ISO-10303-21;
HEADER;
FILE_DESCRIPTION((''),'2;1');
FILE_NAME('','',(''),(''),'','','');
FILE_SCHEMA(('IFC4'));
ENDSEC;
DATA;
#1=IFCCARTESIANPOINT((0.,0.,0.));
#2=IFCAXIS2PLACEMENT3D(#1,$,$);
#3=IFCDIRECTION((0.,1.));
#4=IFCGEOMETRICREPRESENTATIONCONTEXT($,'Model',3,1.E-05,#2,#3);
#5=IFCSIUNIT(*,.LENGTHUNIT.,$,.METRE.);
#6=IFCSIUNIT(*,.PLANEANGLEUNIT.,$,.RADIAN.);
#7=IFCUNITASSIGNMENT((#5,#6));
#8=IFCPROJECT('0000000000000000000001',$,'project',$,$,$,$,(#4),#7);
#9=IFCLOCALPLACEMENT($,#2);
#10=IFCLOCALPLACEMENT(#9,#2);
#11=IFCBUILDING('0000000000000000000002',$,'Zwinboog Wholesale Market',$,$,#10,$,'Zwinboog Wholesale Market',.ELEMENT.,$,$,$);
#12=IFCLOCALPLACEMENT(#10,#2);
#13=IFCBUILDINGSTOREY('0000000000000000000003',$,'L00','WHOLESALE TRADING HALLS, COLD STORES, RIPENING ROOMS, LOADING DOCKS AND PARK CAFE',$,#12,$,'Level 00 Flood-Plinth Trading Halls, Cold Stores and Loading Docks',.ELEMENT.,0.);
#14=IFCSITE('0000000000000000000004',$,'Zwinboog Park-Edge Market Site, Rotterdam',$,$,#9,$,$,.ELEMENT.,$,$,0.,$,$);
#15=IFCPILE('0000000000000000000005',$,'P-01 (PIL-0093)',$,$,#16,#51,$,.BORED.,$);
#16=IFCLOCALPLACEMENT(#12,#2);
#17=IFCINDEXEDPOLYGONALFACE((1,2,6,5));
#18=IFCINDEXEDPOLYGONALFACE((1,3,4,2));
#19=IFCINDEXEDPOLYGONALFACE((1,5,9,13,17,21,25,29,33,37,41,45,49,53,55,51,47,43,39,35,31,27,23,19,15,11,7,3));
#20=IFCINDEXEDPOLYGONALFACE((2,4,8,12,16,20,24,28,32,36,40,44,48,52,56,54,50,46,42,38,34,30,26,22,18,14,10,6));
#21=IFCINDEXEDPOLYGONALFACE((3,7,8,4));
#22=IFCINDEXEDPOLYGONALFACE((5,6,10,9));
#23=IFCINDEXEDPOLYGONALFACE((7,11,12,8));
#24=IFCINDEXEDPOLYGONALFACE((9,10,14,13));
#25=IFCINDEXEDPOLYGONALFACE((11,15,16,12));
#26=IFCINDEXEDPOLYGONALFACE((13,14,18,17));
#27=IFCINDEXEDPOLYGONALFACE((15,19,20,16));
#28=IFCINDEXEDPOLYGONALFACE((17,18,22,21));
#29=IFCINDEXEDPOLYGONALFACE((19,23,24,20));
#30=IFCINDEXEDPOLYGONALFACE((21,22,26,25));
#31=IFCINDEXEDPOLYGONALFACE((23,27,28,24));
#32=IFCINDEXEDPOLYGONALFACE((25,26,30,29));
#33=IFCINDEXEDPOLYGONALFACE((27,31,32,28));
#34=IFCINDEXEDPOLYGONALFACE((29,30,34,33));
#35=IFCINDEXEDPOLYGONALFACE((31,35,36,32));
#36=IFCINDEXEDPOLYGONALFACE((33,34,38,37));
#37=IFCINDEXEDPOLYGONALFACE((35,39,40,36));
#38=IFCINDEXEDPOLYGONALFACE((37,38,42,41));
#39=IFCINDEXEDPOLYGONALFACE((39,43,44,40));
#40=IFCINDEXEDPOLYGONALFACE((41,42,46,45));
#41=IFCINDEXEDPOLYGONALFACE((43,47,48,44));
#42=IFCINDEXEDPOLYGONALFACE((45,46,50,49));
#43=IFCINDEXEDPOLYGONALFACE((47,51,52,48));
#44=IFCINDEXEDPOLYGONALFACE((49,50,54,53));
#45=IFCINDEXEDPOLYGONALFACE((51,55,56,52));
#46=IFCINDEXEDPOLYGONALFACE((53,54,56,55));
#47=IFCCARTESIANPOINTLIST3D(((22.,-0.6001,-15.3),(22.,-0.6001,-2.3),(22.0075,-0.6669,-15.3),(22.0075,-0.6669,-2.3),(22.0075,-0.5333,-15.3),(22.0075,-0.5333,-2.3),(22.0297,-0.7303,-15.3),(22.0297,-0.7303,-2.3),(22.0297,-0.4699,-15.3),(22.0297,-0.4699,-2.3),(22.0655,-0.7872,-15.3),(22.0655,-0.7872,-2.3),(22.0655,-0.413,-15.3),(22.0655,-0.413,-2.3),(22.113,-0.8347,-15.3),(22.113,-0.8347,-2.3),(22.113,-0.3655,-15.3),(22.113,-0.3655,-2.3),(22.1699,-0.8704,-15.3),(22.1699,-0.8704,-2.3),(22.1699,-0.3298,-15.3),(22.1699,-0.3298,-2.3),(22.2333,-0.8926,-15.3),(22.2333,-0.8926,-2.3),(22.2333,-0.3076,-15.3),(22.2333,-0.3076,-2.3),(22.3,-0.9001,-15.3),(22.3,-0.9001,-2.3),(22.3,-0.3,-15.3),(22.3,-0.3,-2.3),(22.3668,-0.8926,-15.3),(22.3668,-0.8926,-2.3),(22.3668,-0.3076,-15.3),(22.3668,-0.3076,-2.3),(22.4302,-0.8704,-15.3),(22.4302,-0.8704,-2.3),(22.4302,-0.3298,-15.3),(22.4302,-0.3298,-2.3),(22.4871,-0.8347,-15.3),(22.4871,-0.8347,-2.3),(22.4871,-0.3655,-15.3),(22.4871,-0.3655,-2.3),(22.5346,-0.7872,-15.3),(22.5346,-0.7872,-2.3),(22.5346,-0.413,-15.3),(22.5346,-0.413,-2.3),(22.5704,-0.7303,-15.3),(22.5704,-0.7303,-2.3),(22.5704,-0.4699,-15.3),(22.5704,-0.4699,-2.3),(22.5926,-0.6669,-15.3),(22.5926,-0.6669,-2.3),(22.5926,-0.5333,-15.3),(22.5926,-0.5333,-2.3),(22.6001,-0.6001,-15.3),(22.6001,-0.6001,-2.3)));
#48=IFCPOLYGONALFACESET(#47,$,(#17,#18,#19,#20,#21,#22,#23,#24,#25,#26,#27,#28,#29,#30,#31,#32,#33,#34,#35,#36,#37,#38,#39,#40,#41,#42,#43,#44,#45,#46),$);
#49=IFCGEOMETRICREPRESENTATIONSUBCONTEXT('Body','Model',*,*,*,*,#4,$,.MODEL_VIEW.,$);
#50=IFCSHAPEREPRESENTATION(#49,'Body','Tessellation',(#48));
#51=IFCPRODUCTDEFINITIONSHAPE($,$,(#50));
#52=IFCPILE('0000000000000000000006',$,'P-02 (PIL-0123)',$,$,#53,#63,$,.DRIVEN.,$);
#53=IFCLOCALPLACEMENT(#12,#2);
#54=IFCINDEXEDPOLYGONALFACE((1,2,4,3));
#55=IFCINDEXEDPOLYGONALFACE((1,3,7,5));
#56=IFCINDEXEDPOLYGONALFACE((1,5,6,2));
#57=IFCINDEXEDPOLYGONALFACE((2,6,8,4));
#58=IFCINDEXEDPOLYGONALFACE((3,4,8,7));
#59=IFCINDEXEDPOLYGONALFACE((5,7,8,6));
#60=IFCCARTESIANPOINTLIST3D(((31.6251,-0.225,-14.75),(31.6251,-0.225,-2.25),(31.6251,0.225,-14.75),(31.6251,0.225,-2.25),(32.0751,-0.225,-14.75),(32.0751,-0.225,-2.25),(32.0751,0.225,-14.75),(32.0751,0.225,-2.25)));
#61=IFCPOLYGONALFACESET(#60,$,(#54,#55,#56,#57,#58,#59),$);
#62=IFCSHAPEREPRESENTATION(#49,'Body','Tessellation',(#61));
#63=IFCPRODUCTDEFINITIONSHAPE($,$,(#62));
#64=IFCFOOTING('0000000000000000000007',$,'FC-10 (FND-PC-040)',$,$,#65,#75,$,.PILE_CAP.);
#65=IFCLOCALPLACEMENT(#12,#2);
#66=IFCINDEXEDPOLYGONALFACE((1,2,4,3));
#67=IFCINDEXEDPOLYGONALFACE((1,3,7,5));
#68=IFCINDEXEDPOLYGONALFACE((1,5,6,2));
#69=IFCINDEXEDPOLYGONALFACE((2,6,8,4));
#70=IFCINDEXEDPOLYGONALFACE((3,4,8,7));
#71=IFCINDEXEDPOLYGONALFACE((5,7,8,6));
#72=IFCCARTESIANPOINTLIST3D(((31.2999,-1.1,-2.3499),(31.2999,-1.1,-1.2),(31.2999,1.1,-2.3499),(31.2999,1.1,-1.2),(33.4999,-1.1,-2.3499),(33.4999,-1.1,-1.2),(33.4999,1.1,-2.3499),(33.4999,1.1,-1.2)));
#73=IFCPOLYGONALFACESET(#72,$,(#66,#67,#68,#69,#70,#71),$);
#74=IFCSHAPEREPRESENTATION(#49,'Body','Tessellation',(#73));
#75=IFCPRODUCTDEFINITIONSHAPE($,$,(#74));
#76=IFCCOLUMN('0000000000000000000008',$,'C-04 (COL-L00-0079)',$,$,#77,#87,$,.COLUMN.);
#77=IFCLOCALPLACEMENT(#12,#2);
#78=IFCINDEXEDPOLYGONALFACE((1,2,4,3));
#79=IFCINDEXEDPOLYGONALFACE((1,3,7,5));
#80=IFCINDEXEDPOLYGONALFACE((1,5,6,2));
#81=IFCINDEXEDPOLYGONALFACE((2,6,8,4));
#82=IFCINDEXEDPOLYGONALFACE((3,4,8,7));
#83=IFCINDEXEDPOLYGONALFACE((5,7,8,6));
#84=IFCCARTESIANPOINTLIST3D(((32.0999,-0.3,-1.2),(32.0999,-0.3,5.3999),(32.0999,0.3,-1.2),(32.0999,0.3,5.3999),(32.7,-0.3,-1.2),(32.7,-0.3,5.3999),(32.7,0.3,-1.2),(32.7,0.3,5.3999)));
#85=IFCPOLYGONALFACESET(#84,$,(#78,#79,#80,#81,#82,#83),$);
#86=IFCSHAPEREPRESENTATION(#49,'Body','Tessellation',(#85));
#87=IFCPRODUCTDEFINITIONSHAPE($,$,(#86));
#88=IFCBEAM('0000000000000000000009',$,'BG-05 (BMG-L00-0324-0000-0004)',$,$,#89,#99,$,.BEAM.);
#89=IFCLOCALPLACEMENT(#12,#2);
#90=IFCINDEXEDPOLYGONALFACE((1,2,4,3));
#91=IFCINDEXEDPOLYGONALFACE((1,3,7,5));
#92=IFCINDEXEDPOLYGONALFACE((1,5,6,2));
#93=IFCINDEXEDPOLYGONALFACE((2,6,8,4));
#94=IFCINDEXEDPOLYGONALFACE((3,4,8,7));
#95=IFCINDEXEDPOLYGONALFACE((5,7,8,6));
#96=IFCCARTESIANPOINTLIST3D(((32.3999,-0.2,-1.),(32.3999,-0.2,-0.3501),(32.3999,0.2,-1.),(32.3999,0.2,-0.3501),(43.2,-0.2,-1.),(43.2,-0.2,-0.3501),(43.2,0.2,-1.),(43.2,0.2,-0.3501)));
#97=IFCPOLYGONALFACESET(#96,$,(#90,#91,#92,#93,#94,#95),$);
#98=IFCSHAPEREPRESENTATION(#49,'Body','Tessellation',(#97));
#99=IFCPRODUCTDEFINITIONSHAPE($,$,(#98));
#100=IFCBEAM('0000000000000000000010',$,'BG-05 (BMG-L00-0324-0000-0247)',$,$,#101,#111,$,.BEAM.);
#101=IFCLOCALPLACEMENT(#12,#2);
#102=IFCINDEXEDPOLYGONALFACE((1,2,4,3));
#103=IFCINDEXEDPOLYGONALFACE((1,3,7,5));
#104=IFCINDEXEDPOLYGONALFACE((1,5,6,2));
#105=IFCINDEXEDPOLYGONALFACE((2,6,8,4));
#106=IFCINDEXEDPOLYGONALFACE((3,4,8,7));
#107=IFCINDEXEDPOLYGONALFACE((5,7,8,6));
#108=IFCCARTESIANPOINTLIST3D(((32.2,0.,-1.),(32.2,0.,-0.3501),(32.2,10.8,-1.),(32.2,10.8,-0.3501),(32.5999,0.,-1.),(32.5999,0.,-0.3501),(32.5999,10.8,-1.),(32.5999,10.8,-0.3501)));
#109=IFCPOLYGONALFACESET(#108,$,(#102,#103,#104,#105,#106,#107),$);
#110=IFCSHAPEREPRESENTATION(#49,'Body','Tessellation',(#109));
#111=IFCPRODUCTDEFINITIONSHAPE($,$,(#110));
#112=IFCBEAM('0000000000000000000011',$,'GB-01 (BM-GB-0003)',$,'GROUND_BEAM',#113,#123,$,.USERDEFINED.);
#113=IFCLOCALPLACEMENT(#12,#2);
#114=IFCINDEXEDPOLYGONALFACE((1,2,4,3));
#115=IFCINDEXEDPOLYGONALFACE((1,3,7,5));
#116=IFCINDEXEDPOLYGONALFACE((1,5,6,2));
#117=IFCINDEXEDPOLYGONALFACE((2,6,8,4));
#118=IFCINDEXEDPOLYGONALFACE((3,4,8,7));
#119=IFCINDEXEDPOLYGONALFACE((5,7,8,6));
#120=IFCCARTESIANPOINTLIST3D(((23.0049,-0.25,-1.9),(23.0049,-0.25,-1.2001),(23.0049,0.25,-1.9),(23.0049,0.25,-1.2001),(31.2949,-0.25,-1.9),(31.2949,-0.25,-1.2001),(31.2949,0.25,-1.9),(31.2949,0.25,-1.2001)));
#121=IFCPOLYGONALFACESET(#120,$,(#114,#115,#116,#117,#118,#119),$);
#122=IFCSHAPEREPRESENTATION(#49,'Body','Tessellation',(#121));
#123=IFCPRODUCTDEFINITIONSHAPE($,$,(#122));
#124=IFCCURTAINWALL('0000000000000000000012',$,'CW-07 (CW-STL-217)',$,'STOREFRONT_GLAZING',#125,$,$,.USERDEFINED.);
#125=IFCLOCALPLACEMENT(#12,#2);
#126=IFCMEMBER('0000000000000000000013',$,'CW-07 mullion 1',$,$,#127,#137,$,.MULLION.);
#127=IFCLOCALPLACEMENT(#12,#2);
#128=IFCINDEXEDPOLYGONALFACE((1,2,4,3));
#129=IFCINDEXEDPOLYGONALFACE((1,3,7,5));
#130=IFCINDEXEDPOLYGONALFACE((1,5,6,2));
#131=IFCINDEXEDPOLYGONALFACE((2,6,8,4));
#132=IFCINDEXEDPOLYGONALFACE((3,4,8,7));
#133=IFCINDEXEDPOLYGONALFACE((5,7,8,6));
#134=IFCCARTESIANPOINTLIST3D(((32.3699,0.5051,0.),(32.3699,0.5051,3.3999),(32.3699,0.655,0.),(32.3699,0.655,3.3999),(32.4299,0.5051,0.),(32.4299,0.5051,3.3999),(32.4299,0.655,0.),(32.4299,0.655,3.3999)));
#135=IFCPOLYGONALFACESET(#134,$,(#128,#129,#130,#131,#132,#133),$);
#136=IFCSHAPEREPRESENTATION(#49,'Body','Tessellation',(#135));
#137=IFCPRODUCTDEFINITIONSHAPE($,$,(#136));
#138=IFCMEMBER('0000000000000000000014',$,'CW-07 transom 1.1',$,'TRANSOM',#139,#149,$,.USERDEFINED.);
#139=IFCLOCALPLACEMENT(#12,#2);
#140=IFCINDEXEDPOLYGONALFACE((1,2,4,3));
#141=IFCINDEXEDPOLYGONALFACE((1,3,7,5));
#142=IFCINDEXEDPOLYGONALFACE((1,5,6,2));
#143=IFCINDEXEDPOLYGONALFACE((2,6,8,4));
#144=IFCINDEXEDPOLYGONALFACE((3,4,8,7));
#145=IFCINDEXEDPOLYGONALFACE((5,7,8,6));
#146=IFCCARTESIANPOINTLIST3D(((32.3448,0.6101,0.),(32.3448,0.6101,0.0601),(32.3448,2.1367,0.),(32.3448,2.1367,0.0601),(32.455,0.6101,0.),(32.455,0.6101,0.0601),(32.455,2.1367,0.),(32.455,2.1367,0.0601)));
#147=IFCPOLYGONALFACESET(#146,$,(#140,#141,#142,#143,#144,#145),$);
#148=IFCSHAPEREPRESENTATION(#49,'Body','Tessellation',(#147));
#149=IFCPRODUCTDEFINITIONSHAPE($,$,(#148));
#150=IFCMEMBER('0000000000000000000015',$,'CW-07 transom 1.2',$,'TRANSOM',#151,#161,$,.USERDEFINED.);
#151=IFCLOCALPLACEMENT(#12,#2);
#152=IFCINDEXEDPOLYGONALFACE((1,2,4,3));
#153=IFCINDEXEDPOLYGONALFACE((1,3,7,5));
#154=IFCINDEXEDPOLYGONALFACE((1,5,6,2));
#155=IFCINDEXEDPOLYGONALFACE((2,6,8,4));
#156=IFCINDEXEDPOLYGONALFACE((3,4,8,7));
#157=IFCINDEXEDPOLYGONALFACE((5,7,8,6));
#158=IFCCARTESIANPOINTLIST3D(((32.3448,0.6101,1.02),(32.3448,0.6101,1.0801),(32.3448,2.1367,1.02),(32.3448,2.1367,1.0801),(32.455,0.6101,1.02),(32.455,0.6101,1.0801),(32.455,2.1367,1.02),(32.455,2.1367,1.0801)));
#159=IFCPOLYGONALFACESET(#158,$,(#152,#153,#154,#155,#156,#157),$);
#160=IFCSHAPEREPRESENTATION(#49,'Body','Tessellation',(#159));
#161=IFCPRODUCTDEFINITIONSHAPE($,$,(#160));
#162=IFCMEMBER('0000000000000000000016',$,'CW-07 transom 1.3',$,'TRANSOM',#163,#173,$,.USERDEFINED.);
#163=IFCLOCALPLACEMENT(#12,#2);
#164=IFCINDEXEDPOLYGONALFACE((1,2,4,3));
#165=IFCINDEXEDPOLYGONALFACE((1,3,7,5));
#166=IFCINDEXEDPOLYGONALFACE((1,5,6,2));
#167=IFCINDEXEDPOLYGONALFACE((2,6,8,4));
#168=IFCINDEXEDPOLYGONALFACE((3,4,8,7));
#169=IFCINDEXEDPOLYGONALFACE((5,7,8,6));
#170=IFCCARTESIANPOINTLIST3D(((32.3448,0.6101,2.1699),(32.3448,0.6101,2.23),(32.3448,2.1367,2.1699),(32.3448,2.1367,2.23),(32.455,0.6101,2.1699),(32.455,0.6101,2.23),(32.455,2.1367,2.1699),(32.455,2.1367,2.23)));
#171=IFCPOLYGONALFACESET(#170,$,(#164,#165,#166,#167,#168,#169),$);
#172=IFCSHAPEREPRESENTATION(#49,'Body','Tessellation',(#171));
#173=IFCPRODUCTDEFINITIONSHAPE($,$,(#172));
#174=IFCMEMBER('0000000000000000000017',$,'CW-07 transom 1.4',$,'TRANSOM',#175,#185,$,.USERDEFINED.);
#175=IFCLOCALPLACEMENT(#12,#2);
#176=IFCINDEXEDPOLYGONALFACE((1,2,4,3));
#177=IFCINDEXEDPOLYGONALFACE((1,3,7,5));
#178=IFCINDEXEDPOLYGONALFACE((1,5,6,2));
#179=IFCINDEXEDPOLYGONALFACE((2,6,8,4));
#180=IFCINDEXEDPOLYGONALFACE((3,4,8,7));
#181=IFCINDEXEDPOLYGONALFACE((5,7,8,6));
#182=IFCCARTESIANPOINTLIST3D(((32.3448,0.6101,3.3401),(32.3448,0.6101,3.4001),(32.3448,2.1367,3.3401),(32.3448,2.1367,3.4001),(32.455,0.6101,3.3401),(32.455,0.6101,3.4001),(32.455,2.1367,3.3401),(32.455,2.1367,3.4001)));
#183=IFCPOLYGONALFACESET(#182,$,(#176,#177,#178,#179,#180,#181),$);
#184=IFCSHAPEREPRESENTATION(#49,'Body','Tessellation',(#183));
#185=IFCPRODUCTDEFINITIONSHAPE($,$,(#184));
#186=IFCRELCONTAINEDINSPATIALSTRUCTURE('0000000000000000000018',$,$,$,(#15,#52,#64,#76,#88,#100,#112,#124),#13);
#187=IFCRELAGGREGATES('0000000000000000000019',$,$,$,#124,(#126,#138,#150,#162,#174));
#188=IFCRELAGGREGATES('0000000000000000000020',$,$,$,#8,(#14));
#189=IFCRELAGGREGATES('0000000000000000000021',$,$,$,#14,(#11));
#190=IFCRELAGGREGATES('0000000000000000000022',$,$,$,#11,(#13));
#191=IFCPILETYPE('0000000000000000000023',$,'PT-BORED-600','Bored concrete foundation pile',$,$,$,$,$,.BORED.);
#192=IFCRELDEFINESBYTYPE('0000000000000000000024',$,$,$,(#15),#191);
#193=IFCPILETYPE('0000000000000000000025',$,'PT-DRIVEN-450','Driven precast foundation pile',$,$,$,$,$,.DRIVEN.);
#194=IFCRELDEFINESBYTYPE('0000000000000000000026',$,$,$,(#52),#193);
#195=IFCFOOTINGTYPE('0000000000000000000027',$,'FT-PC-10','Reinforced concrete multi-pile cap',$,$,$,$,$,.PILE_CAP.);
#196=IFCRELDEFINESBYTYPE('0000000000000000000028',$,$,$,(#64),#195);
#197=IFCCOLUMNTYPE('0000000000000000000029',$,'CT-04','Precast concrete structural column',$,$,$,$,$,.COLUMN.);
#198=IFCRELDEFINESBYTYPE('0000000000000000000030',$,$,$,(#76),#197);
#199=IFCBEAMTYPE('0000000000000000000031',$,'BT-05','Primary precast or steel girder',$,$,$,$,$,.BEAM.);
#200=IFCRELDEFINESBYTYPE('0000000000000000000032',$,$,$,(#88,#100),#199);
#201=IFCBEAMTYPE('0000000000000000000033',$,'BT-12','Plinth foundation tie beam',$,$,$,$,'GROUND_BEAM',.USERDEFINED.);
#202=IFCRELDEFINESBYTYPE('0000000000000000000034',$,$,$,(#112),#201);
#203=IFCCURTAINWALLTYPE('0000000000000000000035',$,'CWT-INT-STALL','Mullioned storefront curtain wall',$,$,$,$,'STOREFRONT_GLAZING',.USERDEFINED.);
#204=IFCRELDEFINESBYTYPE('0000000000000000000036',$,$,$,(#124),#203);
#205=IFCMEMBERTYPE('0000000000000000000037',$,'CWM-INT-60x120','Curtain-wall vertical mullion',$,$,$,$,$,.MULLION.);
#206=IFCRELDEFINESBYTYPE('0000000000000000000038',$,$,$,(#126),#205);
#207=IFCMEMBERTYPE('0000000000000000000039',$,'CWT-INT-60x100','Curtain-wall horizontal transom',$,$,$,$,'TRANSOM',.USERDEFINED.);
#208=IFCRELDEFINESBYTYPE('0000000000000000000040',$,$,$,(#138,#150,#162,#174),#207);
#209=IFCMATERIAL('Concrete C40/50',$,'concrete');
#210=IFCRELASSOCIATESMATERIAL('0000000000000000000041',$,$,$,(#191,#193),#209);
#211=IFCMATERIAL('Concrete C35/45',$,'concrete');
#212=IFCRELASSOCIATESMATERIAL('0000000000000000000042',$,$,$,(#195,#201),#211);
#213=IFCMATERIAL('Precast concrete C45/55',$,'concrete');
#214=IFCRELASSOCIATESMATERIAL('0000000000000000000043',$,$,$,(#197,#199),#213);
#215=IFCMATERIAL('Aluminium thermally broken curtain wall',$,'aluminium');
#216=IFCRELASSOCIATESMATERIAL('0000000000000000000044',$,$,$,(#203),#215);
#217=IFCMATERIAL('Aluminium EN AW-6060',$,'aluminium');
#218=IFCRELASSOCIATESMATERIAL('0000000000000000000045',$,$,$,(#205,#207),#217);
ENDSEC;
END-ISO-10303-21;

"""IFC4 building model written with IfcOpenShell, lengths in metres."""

from ifc_helpers import new_model, si_unit, direction, frame, origin, origin_2d, place, context, subcontext, project, spatial, rectangle, circle, extrude, material, material_profile, profile_set, type_object, element, aggregate, save


model = new_model("IFC4")

# Units and contexts
model_context = context("Model", 3, precision=1e-05, world=origin(), true_north=direction((0.0, 1.0)))
body_context = subcontext(model_context, "Body", "Model", "MODEL_VIEW")
ifc_project = project(units=[si_unit("LENGTHUNIT", "METRE"), si_unit("PLANEANGLEUNIT", "RADIAN")], contexts=[model_context])

# Site, building, storey
site_placement = place(None, origin())
site = spatial("IfcSite", under=ifc_project, at=site_placement, Name="Zwinboog Park-Edge Market Site, Rotterdam", CompositionType="ELEMENT", RefElevation=0.0)
building_placement = place(site_placement, origin())
building = spatial("IfcBuilding", under=site, at=building_placement, Name="Zwinboog Wholesale Market", LongName="Zwinboog Wholesale Market", CompositionType="ELEMENT")
storey_placement = place(building_placement, origin())
storey = spatial("IfcBuildingStorey", under=building, at=storey_placement, Name="L00", Description="WHOLESALE TRADING HALLS, COLD STORES, RIPENING ROOMS, LOADING DOCKS AND PARK CAFE", LongName="Level 00 Flood-Plinth Trading Halls, Cold Stores and Loading Docks", CompositionType="ELEMENT", Elevation=0.0)

# Piles
ifc_material_1 = material(Name="Concrete C40/50", Category="concrete")
ifc_material_profile_1 = material_profile(ifc_material_1, circle(Radius=0.3, at=origin_2d()), Name="PILE D600")
ifc_profile_set_1 = profile_set([ifc_material_profile_1], Name="Concrete C40/50")
pile_type_1 = type_object("IfcPileType", Name="PT-BORED-600", Description="Bored concrete foundation pile", PredefinedType="BORED", material=ifc_profile_set_1)
pile_1_placement = place(storey_placement, frame((22.3, -0.6001, -2.3), z_axis=(0.0, 0.0, -1.0), x_axis=(1.0, 0.0, 0.0)))
element("IfcPile", 1, at=pile_1_placement, inside=storey, type_object=pile_type_1, Name="P-01 (PIL-0093)", PredefinedType="BORED", context=body_context, shape_type="SweptSolid", body=[
    extrude(circle(Radius=0.3, at=origin_2d()), origin(), (0.0, 0.0, 1.0), 13.0),
])
ifc_material_profile_2 = material_profile(ifc_material_1, rectangle(XDim=0.45, YDim=0.45, at=origin_2d()), Name="PILE SQ450")
ifc_profile_set_2 = profile_set([ifc_material_profile_2], Name="Concrete C40/50")
pile_type_2 = type_object("IfcPileType", Name="PT-DRIVEN-450", Description="Driven precast foundation pile", PredefinedType="DRIVEN", material=ifc_profile_set_2)
pile_2_placement = place(storey_placement, frame((31.8501, 0.0, -2.25), z_axis=(0.0, 0.0, -1.0), x_axis=(1.0, 0.0, 0.0)))
element("IfcPile", 2, at=pile_2_placement, inside=storey, type_object=pile_type_2, Name="P-02 (PIL-0123)", PredefinedType="DRIVEN", context=body_context, shape_type="SweptSolid", body=[
    extrude(rectangle(XDim=0.45, YDim=0.45, at=origin_2d()), origin(), (0.0, 0.0, 1.0), 12.5),
])

# Footing
ifc_material_2 = material(Name="Concrete C35/45", Category="concrete")
footing_type = type_object("IfcFootingType", Name="FT-PC-10", Description="Reinforced concrete multi-pile cap", PredefinedType="PILE_CAP", material=ifc_material_2)
footing_placement = place(storey_placement, frame((32.3999, 0.0, -2.3499), z_axis=(0.0, 0.0, 1.0), x_axis=(1.0, 0.0, 0.0)))
element("IfcFooting", 3, at=footing_placement, inside=storey, type_object=footing_type, Name="FC-10 (FND-PC-040)", PredefinedType="PILE_CAP", context=body_context, shape_type="SweptSolid", body=[
    extrude(rectangle(XDim=2.2, YDim=2.2, at=origin_2d()), origin(), (0.0, 0.0, 1.0), 1.1499),
])

# Column
ifc_material_3 = material(Name="Precast concrete C45/55", Category="concrete")
ifc_material_profile_3 = material_profile(ifc_material_3, rectangle(XDim=0.6001, YDim=0.6001, at=origin_2d()), Name="PC 600x600")
ifc_profile_set_3 = profile_set([ifc_material_profile_3], Name="Precast concrete C45/55")
column_type = type_object("IfcColumnType", Name="CT-04", Description="Precast concrete structural column", PredefinedType="COLUMN", material=ifc_profile_set_3)
column_placement = place(storey_placement, frame((32.3999, 0.0, -1.2), z_axis=(0.0, 0.0, 1.0), x_axis=(1.0, 0.0, 0.0)))
element("IfcColumn", 4, at=column_placement, inside=storey, type_object=column_type, Name="C-04 (COL-L00-0079)", PredefinedType="COLUMN", context=body_context, shape_type="SweptSolid", body=[
    extrude(rectangle(XDim=0.6001, YDim=0.6001, at=origin_2d()), origin(), (0.0, 0.0, 1.0), 6.5999),
])

# Beams
ifc_material_profile_4 = material_profile(ifc_material_3, rectangle(XDim=0.3999, YDim=0.6499, at=origin_2d()), Name="PC 400x650")
ifc_profile_set_4 = profile_set([ifc_material_profile_4], Name="Precast concrete C45/55")
beam_type_1 = type_object("IfcBeamType", Name="BT-05", Description="Primary precast or steel girder", PredefinedType="BEAM", material=ifc_profile_set_4)
for number, where, z_axis, x_axis, name in (
    (5, (32.3999, 0.0, -0.675), (1.0, 0.0, 0.0), (0.0, 1.0, 0.0), "BG-05 (BMG-L00-0324-0000-0004)"),
    (6, (32.3999, 0.0, -0.675), (0.0, 1.0, 0.0), (-1.0, 0.0, 0.0), "BG-05 (BMG-L00-0324-0000-0247)"),
):
    element("IfcBeam", number, at=place(storey_placement, frame(where, z_axis=z_axis, x_axis=x_axis)), inside=storey, type_object=beam_type_1, Name=name, PredefinedType="BEAM", context=body_context, shape_type="SweptSolid", body=[
        extrude(rectangle(XDim=0.3999, YDim=0.6499, at=origin_2d()), origin(), (0.0, 0.0, 1.0), 10.8),
    ])
ifc_material_profile_5 = material_profile(ifc_material_2, rectangle(XDim=0.5, YDim=0.7, at=origin_2d()), Name="RC 500x700")
ifc_profile_set_5 = profile_set([ifc_material_profile_5], Name="Concrete C35/45")
beam_type_2 = type_object("IfcBeamType", Name="BT-12", Description="Plinth foundation tie beam", ElementType="GROUND_BEAM", PredefinedType="USERDEFINED", material=ifc_profile_set_5)
beam_placement = place(storey_placement, frame((23.0049, 0.0, -1.55), z_axis=(1.0, 0.0, 0.0), x_axis=(0.0, 1.0, 0.0)))
element("IfcBeam", 7, at=beam_placement, inside=storey, type_object=beam_type_2, Name="GB-01 (BM-GB-0003)", ObjectType="GROUND_BEAM", PredefinedType="USERDEFINED", context=body_context, shape_type="SweptSolid", body=[
    extrude(rectangle(XDim=0.5, YDim=0.7, at=origin_2d()), origin(), (0.0, 0.0, 1.0), 8.29),
])

# Curtain wall, members
ifc_material_4 = material(Name="Aluminium thermally broken curtain wall", Category="aluminium")
curtain_wall_type = type_object("IfcCurtainWallType", Name="CWT-INT-STALL", Description="Mullioned storefront curtain wall", ElementType="STOREFRONT_GLAZING", PredefinedType="USERDEFINED", material=ifc_material_4)
curtain_wall_placement = place(storey_placement, origin())
curtain_wall = element("IfcCurtainWall", 8, at=curtain_wall_placement, inside=storey, type_object=curtain_wall_type, Name="CW-07 (CW-STL-217)", ObjectType="STOREFRONT_GLAZING", PredefinedType="USERDEFINED")
ifc_material_5 = material(Name="Aluminium EN AW-6060", Category="aluminium")
ifc_material_profile_6 = material_profile(ifc_material_5, rectangle(XDim=0.0601, YDim=0.1499, at=origin_2d()), Name="AL 60x150")
ifc_profile_set_6 = profile_set([ifc_material_profile_6], Name="Aluminium EN AW-6060")
member_type_1 = type_object("IfcMemberType", Name="CWM-INT-60x120", Description="Curtain-wall vertical mullion", PredefinedType="MULLION", material=ifc_profile_set_6)
member_1_placement = place(storey_placement, frame((32.3999, 0.5801, 0.0), z_axis=(0.0, 0.0, 1.0), x_axis=(-1.0, 0.0, 0.0)))
member_1 = element("IfcMember", 9, at=member_1_placement, type_object=member_type_1, Name="CW-07 mullion 1", PredefinedType="MULLION", context=body_context, shape_type="SweptSolid", body=[
    extrude(rectangle(XDim=0.0601, YDim=0.1499, at=origin_2d()), origin(), (0.0, 0.0, 1.0), 3.3999),
])
ifc_material_profile_7 = material_profile(ifc_material_5, rectangle(XDim=0.1101, YDim=0.0601, at=origin_2d()), Name="AL 60x110")
ifc_profile_set_7 = profile_set([ifc_material_profile_7], Name="Aluminium EN AW-6060")
member_type_2 = type_object("IfcMemberType", Name="CWT-INT-60x100", Description="Curtain-wall horizontal transom", ElementType="TRANSOM", PredefinedType="USERDEFINED", material=ifc_profile_set_7)
member_2_placement = place(storey_placement, frame((32.3999, 0.6101, 0.03), z_axis=(0.0, 1.0, 0.0), x_axis=(-1.0, 0.0, 0.0)))
member_2 = element("IfcMember", 10, at=member_2_placement, type_object=member_type_2, Name="CW-07 transom 1.1", ObjectType="TRANSOM", PredefinedType="USERDEFINED", context=body_context, shape_type="SweptSolid", body=[
    extrude(rectangle(XDim=0.1101, YDim=0.0601, at=origin_2d()), origin(), (0.0, 0.0, 1.0), 1.5266),
])
member_3_placement = place(storey_placement, frame((32.3999, 0.6101, 1.05), z_axis=(0.0, 1.0, 0.0), x_axis=(-1.0, 0.0, 0.0)))
member_3 = element("IfcMember", 11, at=member_3_placement, type_object=member_type_2, Name="CW-07 transom 1.2", ObjectType="TRANSOM", PredefinedType="USERDEFINED", context=body_context, shape_type="SweptSolid", body=[
    extrude(rectangle(XDim=0.1101, YDim=0.0601, at=origin_2d()), origin(), (0.0, 0.0, 1.0), 1.5266),
])
member_4_placement = place(storey_placement, frame((32.3999, 0.6101, 2.2), z_axis=(0.0, 1.0, 0.0), x_axis=(-1.0, 0.0, 0.0)))
member_4 = element("IfcMember", 12, at=member_4_placement, type_object=member_type_2, Name="CW-07 transom 1.3", ObjectType="TRANSOM", PredefinedType="USERDEFINED", context=body_context, shape_type="SweptSolid", body=[
    extrude(rectangle(XDim=0.1101, YDim=0.0601, at=origin_2d()), origin(), (0.0, 0.0, 1.0), 1.5266),
])
member_5_placement = place(storey_placement, frame((32.3999, 0.6101, 3.3701), z_axis=(0.0, 1.0, 0.0), x_axis=(-1.0, 0.0, 0.0)))
member_5 = element("IfcMember", 13, at=member_5_placement, type_object=member_type_2, Name="CW-07 transom 1.4", ObjectType="TRANSOM", PredefinedType="USERDEFINED", context=body_context, shape_type="SweptSolid", body=[
    extrude(rectangle(XDim=0.1101, YDim=0.0601, at=origin_2d()), origin(), (0.0, 0.0, 1.0), 1.5266),
])
aggregate(curtain_wall, [member_1, member_2, member_3, member_4, member_5])

save(model, "model.ifc")
